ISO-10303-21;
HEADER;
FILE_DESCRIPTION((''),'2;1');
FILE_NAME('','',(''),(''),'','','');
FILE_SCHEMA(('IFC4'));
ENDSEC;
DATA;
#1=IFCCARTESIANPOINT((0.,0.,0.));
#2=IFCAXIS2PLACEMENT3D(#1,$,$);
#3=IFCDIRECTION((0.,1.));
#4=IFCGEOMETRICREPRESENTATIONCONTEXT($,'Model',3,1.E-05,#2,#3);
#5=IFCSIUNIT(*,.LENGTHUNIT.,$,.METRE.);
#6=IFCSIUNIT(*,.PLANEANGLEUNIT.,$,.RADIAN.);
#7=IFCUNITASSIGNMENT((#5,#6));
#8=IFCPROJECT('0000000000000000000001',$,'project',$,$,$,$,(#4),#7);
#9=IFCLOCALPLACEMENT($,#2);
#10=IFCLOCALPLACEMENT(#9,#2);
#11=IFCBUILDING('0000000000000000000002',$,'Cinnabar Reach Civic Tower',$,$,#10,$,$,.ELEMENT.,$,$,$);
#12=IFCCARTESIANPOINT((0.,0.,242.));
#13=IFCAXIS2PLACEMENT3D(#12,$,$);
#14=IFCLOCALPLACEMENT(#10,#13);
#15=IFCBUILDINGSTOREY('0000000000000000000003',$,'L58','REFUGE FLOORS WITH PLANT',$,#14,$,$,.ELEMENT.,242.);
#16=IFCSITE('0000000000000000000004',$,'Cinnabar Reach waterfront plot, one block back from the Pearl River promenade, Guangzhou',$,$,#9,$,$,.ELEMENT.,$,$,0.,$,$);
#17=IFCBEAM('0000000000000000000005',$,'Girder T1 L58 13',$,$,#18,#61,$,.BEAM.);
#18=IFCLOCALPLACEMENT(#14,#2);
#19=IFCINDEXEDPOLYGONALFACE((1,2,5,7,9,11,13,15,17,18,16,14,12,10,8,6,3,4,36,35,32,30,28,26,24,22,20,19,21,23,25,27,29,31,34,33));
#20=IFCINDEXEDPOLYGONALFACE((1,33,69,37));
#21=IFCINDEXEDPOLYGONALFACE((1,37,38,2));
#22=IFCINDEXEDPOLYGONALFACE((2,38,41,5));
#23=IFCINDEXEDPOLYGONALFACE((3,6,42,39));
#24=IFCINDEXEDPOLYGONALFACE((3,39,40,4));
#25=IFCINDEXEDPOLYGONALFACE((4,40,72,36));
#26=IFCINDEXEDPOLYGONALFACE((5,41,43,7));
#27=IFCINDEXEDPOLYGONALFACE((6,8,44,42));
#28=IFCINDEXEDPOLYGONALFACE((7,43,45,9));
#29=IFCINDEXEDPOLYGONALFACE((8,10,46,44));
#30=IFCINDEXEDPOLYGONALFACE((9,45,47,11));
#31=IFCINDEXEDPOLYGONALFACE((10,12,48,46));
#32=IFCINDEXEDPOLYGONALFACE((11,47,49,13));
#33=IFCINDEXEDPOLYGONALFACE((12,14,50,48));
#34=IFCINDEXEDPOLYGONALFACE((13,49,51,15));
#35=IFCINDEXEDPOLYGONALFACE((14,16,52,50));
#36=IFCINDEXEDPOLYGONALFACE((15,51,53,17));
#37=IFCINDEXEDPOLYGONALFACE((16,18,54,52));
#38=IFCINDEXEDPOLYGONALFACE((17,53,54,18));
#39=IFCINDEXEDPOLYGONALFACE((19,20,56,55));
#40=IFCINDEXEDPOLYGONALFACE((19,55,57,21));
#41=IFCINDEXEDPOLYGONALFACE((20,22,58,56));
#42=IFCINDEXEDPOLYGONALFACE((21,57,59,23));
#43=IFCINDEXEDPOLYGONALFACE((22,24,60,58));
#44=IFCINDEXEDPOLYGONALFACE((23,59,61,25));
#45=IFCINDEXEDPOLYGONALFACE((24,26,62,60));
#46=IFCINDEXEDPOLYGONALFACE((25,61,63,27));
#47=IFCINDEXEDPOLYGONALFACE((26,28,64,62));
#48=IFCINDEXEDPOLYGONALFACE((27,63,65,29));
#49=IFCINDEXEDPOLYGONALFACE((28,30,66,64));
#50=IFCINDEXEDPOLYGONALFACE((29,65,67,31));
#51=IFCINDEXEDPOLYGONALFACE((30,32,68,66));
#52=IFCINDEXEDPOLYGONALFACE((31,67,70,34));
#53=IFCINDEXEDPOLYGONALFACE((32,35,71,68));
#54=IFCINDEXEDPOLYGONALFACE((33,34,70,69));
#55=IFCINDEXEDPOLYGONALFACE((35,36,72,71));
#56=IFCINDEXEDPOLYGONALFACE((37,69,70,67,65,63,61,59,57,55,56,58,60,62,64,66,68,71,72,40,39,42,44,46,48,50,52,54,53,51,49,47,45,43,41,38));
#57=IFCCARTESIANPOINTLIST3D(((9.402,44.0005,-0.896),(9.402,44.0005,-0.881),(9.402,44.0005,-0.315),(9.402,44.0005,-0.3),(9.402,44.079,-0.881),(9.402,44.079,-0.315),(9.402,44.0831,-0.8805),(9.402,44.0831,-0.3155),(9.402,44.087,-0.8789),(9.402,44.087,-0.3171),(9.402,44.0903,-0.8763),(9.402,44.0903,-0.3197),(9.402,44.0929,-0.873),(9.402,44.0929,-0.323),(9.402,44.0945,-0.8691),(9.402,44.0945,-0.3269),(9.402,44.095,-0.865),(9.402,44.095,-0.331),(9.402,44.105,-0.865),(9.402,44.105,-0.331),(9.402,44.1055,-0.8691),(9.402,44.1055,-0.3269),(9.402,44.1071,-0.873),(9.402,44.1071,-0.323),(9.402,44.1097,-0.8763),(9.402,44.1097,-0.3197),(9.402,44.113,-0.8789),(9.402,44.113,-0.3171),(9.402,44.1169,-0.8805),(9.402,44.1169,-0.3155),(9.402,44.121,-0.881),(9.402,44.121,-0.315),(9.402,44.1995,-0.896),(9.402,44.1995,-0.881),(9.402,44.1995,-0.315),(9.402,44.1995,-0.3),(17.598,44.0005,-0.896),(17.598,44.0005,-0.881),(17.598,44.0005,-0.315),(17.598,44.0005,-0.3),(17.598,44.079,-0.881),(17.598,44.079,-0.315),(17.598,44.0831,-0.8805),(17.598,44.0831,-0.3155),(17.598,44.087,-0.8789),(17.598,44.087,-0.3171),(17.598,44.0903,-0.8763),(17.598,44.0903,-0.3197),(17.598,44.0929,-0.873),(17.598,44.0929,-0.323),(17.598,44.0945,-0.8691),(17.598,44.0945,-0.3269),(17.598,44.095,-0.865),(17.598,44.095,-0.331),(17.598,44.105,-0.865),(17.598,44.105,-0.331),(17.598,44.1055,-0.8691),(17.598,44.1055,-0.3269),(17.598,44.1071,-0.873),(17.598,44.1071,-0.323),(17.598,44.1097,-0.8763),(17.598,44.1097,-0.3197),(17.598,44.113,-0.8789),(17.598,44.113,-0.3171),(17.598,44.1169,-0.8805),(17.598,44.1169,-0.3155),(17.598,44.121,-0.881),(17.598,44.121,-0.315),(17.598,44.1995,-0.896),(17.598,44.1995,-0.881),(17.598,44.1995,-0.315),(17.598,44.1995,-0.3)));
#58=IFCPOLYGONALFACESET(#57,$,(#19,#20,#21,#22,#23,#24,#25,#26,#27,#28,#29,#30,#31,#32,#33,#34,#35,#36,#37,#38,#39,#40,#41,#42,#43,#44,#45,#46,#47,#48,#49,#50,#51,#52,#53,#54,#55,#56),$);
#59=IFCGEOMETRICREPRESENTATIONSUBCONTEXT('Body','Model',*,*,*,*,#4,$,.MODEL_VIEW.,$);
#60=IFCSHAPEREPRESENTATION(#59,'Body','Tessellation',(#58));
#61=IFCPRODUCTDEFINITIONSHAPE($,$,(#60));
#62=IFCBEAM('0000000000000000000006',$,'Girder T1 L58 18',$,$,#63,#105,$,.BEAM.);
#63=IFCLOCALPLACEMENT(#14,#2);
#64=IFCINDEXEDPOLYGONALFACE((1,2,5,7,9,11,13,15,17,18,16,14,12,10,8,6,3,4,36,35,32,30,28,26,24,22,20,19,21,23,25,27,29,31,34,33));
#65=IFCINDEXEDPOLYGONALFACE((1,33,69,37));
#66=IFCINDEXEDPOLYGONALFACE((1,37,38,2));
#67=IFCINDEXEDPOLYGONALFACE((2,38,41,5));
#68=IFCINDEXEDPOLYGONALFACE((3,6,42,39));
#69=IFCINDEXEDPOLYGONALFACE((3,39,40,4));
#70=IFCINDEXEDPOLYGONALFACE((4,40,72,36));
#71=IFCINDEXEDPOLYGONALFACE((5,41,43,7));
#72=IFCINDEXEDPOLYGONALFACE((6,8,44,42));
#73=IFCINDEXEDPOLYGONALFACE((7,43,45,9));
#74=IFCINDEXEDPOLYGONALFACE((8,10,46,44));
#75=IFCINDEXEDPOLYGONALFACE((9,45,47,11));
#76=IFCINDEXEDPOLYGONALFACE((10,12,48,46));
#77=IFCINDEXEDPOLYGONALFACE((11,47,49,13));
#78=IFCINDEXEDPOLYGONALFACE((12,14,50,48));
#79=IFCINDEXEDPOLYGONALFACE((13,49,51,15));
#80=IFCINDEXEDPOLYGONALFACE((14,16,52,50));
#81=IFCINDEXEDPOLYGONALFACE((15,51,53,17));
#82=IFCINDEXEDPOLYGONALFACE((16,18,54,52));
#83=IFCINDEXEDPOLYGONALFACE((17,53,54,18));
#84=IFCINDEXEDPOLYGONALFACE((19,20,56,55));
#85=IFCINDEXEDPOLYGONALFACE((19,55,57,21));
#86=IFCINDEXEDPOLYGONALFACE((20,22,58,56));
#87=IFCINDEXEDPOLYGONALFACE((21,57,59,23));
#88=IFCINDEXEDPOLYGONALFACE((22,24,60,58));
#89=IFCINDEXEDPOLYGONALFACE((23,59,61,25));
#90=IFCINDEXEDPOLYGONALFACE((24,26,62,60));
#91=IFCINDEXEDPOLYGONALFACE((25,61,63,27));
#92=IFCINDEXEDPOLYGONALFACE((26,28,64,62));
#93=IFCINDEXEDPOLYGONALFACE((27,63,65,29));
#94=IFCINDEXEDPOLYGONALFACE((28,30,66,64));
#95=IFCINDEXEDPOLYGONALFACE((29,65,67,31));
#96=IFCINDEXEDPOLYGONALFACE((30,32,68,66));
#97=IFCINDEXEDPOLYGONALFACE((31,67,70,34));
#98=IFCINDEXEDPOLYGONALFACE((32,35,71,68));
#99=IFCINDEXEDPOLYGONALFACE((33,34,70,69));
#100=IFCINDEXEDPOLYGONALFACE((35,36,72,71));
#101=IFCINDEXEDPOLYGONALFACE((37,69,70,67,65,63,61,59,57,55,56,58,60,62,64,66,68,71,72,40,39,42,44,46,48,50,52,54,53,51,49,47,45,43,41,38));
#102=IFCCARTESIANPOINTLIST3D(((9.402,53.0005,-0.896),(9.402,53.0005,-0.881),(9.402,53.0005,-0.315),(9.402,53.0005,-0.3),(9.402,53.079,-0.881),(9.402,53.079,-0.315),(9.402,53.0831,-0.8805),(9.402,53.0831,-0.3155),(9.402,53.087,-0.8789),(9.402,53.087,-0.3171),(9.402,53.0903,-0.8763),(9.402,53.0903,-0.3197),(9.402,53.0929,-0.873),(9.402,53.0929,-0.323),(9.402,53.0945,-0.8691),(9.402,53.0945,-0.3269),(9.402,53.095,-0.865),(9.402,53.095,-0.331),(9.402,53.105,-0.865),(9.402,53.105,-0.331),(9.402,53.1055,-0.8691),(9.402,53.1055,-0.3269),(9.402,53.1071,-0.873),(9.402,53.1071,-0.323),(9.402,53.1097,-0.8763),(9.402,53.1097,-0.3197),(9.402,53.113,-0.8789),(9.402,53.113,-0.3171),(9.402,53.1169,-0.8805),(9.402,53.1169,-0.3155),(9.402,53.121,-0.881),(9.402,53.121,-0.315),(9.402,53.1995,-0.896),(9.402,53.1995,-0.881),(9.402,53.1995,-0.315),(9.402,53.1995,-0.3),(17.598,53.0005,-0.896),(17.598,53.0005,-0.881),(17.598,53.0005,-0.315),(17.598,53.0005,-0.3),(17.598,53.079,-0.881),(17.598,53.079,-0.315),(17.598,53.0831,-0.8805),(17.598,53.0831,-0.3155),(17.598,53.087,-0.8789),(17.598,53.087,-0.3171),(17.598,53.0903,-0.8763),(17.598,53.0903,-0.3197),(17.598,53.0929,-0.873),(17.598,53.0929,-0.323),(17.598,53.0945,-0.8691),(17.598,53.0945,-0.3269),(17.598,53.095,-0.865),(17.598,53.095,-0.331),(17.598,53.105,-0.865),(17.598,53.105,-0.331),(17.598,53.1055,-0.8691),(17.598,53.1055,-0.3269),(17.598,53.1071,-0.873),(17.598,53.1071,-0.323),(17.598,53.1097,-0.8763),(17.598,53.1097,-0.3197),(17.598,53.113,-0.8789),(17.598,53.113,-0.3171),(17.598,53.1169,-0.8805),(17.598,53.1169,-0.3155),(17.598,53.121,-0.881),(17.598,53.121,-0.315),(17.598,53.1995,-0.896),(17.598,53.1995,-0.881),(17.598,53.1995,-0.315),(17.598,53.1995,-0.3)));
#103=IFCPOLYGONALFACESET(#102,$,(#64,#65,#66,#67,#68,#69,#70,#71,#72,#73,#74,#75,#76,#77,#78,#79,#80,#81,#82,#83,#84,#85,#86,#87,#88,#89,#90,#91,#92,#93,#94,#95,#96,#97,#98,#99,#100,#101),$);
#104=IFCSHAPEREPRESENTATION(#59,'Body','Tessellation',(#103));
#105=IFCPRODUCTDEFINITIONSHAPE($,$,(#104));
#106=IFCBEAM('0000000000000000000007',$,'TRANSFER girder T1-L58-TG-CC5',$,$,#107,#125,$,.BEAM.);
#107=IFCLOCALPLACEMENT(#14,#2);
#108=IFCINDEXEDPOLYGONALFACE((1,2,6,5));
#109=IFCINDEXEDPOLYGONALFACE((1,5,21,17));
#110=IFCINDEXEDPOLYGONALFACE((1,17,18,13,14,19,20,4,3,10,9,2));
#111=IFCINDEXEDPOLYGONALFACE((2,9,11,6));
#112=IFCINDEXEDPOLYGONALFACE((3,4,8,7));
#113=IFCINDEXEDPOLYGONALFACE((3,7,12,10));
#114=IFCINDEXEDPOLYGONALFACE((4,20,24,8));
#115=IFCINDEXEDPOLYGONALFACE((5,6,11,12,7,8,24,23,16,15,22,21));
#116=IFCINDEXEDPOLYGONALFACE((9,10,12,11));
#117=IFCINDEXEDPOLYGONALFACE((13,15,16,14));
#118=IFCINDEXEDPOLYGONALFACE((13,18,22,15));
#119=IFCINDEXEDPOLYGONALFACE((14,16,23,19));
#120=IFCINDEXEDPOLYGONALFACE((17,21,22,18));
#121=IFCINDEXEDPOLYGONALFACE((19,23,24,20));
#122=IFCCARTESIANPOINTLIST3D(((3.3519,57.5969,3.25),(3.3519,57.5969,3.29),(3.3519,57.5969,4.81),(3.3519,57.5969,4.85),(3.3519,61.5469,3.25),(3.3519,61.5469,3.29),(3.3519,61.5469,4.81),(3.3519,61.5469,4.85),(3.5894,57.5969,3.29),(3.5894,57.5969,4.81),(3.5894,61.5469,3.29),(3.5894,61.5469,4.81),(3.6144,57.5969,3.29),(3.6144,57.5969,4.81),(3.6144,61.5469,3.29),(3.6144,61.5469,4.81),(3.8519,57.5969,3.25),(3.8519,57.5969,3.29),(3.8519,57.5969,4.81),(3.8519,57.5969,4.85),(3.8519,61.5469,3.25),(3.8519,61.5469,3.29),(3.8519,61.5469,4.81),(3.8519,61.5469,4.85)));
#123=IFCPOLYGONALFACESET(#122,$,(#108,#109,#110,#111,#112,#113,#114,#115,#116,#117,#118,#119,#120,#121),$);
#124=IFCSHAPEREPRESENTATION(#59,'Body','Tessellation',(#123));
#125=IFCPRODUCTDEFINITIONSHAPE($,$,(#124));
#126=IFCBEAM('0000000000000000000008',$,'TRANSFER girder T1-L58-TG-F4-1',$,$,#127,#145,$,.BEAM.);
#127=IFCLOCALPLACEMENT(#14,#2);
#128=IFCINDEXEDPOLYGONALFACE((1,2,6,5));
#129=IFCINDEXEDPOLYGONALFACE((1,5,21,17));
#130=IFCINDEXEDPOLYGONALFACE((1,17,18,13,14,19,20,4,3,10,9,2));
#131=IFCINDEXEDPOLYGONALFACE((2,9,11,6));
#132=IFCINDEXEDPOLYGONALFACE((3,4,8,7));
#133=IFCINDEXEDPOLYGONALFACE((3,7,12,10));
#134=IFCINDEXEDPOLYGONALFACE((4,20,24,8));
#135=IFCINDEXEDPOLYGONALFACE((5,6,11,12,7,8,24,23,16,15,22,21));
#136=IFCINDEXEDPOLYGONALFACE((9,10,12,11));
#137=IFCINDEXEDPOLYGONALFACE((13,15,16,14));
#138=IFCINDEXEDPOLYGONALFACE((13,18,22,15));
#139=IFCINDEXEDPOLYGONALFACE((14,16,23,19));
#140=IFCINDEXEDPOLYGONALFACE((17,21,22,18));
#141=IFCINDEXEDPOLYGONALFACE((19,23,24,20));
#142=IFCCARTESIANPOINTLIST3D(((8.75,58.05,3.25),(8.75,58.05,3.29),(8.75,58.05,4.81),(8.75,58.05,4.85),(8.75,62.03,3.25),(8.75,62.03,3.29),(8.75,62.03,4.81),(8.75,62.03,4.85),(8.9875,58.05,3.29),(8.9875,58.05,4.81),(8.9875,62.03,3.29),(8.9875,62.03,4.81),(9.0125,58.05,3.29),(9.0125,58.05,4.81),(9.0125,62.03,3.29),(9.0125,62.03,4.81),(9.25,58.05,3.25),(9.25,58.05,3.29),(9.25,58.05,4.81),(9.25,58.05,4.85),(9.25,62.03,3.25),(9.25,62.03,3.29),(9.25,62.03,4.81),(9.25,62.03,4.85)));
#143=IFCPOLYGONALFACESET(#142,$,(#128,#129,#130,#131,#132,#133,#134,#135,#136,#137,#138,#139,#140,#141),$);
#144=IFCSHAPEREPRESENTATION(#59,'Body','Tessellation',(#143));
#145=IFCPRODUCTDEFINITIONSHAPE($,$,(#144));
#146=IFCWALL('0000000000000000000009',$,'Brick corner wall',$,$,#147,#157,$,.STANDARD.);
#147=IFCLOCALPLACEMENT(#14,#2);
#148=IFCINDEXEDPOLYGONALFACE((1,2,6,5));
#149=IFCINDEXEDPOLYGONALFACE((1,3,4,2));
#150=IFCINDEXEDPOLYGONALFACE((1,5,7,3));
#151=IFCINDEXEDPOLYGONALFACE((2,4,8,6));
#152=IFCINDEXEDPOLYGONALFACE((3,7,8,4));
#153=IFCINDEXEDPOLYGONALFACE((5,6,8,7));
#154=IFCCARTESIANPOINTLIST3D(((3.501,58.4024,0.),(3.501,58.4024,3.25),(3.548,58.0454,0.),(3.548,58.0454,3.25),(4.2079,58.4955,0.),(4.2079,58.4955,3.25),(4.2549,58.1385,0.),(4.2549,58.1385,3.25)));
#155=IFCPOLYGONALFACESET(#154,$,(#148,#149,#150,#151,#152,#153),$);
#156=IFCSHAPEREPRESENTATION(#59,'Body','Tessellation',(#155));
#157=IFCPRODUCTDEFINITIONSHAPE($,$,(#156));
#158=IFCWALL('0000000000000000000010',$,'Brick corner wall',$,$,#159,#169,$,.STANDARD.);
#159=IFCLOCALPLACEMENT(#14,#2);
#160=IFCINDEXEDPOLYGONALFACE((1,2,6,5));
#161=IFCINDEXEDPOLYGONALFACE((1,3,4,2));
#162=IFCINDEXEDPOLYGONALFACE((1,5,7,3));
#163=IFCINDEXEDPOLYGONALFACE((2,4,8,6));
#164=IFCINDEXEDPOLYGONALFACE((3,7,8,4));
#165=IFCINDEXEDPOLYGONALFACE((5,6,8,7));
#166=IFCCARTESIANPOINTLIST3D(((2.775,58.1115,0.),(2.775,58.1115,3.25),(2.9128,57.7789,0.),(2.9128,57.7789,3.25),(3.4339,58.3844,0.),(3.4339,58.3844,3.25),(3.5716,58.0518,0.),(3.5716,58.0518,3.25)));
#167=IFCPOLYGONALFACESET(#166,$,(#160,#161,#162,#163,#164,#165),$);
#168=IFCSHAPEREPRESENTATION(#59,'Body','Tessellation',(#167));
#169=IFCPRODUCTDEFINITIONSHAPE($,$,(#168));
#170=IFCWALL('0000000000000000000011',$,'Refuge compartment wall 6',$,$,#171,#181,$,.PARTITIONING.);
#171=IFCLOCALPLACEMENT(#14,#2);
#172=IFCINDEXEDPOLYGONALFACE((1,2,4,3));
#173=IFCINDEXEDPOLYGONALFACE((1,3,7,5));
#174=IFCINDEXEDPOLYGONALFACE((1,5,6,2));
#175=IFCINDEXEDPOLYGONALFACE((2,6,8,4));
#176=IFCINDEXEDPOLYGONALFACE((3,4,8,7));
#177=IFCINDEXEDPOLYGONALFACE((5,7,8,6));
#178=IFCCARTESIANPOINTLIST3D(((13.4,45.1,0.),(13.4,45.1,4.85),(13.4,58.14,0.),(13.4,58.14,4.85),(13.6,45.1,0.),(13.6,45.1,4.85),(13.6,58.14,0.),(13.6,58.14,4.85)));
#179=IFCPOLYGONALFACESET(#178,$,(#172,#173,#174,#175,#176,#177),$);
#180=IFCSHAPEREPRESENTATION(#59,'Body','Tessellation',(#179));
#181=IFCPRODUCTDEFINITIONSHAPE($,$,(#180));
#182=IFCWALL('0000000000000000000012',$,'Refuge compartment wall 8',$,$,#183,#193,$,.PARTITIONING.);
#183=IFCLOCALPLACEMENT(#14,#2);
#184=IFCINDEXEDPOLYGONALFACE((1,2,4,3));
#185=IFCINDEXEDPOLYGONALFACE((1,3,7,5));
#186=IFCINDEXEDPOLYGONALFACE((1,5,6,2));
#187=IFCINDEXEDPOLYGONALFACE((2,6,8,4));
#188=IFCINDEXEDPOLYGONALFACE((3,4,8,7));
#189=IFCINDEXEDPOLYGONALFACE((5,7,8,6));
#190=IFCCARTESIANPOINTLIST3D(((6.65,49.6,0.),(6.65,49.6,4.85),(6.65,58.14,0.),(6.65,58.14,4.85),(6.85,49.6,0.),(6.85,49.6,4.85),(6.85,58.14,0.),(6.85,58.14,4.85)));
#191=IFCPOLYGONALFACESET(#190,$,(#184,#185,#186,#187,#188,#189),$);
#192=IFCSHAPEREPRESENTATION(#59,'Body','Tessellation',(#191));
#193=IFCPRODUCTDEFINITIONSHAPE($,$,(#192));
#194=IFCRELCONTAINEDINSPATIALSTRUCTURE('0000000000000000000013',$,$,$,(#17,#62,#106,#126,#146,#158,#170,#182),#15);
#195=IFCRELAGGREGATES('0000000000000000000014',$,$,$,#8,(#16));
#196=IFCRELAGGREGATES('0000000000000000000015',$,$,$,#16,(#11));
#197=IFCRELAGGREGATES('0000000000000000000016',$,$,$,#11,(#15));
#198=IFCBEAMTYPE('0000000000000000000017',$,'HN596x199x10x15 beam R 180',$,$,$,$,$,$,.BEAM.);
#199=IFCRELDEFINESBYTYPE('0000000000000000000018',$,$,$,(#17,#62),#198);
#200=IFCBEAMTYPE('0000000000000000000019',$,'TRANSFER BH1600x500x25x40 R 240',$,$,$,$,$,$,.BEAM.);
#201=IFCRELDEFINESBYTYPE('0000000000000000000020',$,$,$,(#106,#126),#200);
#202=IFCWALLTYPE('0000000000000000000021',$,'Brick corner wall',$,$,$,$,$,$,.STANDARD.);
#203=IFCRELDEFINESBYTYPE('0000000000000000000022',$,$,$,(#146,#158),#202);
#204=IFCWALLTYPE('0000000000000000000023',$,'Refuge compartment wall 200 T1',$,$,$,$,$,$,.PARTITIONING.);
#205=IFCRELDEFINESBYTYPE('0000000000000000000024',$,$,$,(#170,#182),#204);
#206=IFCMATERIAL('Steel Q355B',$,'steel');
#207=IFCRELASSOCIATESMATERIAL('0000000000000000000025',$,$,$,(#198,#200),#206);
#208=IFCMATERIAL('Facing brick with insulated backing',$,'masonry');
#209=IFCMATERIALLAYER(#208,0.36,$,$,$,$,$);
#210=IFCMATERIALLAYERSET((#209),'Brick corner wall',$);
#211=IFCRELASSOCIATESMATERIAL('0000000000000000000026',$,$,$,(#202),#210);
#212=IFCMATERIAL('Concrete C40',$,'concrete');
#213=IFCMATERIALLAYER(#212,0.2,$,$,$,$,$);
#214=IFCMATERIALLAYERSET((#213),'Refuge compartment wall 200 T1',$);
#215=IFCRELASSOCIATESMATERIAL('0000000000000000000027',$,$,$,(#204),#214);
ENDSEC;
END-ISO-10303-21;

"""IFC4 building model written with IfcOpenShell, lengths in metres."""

from ifc_helpers import new_model, si_unit, direction, frame, frame_2d, origin, origin_2d, place, context, subcontext, project, spatial, rectangle, i_section, extrude, material, layer, layer_set, material_profile, profile_set, type_object, element, save


model = new_model("IFC4")

# Units and contexts
model_context = context("Model", 3, precision=1e-05, world=origin(), true_north=direction((0.0, 1.0)))
body_context = subcontext(model_context, "Body", "Model", "MODEL_VIEW")
ifc_project = project(units=[si_unit("LENGTHUNIT", "METRE"), si_unit("PLANEANGLEUNIT", "RADIAN")], contexts=[model_context])

# Site, building, storey
site_placement = place(None, origin())
site = spatial("IfcSite", under=ifc_project, at=site_placement, Name="Cinnabar Reach waterfront plot, one block back from the Pearl River promenade, Guangzhou", CompositionType="ELEMENT", RefElevation=0.0)
building_placement = place(site_placement, origin())
building = spatial("IfcBuilding", under=site, at=building_placement, Name="Cinnabar Reach Civic Tower", CompositionType="ELEMENT")
storey_placement = place(building_placement, frame((0.0, 0.0, 242.0)))
storey = spatial("IfcBuildingStorey", under=building, at=storey_placement, Name="L58", Description="REFUGE FLOORS WITH PLANT", CompositionType="ELEMENT", Elevation=242.0)

# Beams
ifc_material_1 = material(Name="Steel Q355B", Category="steel")
ifc_material_profile_1 = material_profile(ifc_material_1, i_section(OverallWidth=0.199, OverallDepth=0.596, WebThickness=0.01, FlangeThickness=0.015, FilletRadius=0.016, at=origin_2d()), Name="HN596x199x10x15")
ifc_profile_set_1 = profile_set([ifc_material_profile_1], Name="Steel Q355B")
beam_type_1 = type_object("IfcBeamType", Name="HN596x199x10x15 beam R 180", PredefinedType="BEAM", material=ifc_profile_set_1)
for number, where, z_axis, x_axis, name in (
    (1, (9.402, 44.1, -0.598), (1.0, 0.0, 0.0), (0.0, 1.0, 0.0), "Girder T1 L58 13"),
    (2, (9.402, 53.1, -0.598), (1.0, 0.0, 0.0), (0.0, 1.0, 0.0), "Girder T1 L58 18"),
):
    element("IfcBeam", number, at=place(storey_placement, frame(where, z_axis=z_axis, x_axis=x_axis)), inside=storey, type_object=beam_type_1, Name=name, PredefinedType="BEAM", context=body_context, shape_type="SweptSolid", body=[
        extrude(i_section(OverallWidth=0.199, OverallDepth=0.596, WebThickness=0.01, FlangeThickness=0.015, FilletRadius=0.016, at=origin_2d()), origin(), (0.0, 0.0, 1.0), 8.196),
    ])
ifc_material_profile_2 = material_profile(ifc_material_1, i_section(OverallWidth=0.5, OverallDepth=1.6, WebThickness=0.025, FlangeThickness=0.04, at=origin_2d()), Name="BH1600x500x25x40")
ifc_profile_set_2 = profile_set([ifc_material_profile_2], Name="Steel Q355B")
beam_type_2 = type_object("IfcBeamType", Name="TRANSFER BH1600x500x25x40 R 240", PredefinedType="BEAM", material=ifc_profile_set_2)
beam_1_placement = place(storey_placement, frame((3.6019, 57.5969, 4.05), z_axis=(0.0, 1.0, 0.0), x_axis=(-1.0, 0.0, 0.0)))
element("IfcBeam", 3, at=beam_1_placement, inside=storey, type_object=beam_type_2, Name="TRANSFER girder T1-L58-TG-CC5", PredefinedType="BEAM", context=body_context, shape_type="SweptSolid", body=[
    extrude(i_section(OverallWidth=0.5, OverallDepth=1.6, WebThickness=0.025, FlangeThickness=0.04, at=origin_2d()), origin(), (0.0, 0.0, 1.0), 3.95),
])
beam_2_placement = place(storey_placement, frame((9.0, 58.05, 4.05), z_axis=(0.0, 1.0, 0.0), x_axis=(-1.0, 0.0, 0.0)))
element("IfcBeam", 4, at=beam_2_placement, inside=storey, type_object=beam_type_2, Name="TRANSFER girder T1-L58-TG-F4-1", PredefinedType="BEAM", context=body_context, shape_type="SweptSolid", body=[
    extrude(i_section(OverallWidth=0.5, OverallDepth=1.6, WebThickness=0.025, FlangeThickness=0.04, at=origin_2d()), origin(), (0.0, 0.0, 1.0), 3.98),
])

# Walls
ifc_material_2 = material(Name="Facing brick with insulated backing", Category="masonry")
ifc_layer_1 = layer(ifc_material_2, 0.36)
ifc_layer_set_1 = layer_set([ifc_layer_1], Name="Brick corner wall")
wall_type_1 = type_object("IfcWallType", Name="Brick corner wall", PredefinedType="STANDARD", material=ifc_layer_set_1)
for number, where, z_axis, x_axis, name in (
    (5, (4.2314, 58.317, 0.0), (0.0, 0.0, 1.0), (-0.991441, -0.130556, 0.0), "Brick corner wall"),
    (6, (3.5027, 58.2181, 0.0), (0.0, 0.0, 1.0), (-0.923872, -0.382703, 0.0), "Brick corner wall"),
):
    element("IfcWall", number, at=place(storey_placement, frame(where, z_axis=z_axis, x_axis=x_axis)), inside=storey, type_object=wall_type_1, Name=name, PredefinedType="STANDARD", context=body_context, shape_type="SweptSolid", body=[
        extrude(rectangle(XDim=0.7131, YDim=0.36, at=frame_2d((0.3565, 0.0))), origin(), (0.0, 0.0, 1.0), 3.25),
    ])
ifc_material_3 = material(Name="Concrete C40", Category="concrete")
ifc_layer_2 = layer(ifc_material_3, 0.2)
ifc_layer_set_2 = layer_set([ifc_layer_2], Name="Refuge compartment wall 200 T1")
wall_type_2 = type_object("IfcWallType", Name="Refuge compartment wall 200 T1", PredefinedType="PARTITIONING", material=ifc_layer_set_2)
wall_1_placement = place(storey_placement, frame((13.5, 45.1, 0.0), z_axis=(0.0, 0.0, 1.0), x_axis=(0.0, 1.0, 0.0)))
element("IfcWall", 7, at=wall_1_placement, inside=storey, type_object=wall_type_2, Name="Refuge compartment wall 6", PredefinedType="PARTITIONING", context=body_context, shape_type="SweptSolid", body=[
    extrude(rectangle(XDim=13.04, YDim=0.2, at=frame_2d((6.52, 0.0))), origin(), (0.0, 0.0, 1.0), 4.85),
])
wall_2_placement = place(storey_placement, frame((6.75, 49.6, 0.0), z_axis=(0.0, 0.0, 1.0), x_axis=(0.0, 1.0, 0.0)))
element("IfcWall", 8, at=wall_2_placement, inside=storey, type_object=wall_type_2, Name="Refuge compartment wall 8", PredefinedType="PARTITIONING", context=body_context, shape_type="SweptSolid", body=[
    extrude(rectangle(XDim=8.54, YDim=0.2, at=frame_2d((4.27, 0.0))), origin(), (0.0, 0.0, 1.0), 4.85),
])

save(model, "model.ifc")
